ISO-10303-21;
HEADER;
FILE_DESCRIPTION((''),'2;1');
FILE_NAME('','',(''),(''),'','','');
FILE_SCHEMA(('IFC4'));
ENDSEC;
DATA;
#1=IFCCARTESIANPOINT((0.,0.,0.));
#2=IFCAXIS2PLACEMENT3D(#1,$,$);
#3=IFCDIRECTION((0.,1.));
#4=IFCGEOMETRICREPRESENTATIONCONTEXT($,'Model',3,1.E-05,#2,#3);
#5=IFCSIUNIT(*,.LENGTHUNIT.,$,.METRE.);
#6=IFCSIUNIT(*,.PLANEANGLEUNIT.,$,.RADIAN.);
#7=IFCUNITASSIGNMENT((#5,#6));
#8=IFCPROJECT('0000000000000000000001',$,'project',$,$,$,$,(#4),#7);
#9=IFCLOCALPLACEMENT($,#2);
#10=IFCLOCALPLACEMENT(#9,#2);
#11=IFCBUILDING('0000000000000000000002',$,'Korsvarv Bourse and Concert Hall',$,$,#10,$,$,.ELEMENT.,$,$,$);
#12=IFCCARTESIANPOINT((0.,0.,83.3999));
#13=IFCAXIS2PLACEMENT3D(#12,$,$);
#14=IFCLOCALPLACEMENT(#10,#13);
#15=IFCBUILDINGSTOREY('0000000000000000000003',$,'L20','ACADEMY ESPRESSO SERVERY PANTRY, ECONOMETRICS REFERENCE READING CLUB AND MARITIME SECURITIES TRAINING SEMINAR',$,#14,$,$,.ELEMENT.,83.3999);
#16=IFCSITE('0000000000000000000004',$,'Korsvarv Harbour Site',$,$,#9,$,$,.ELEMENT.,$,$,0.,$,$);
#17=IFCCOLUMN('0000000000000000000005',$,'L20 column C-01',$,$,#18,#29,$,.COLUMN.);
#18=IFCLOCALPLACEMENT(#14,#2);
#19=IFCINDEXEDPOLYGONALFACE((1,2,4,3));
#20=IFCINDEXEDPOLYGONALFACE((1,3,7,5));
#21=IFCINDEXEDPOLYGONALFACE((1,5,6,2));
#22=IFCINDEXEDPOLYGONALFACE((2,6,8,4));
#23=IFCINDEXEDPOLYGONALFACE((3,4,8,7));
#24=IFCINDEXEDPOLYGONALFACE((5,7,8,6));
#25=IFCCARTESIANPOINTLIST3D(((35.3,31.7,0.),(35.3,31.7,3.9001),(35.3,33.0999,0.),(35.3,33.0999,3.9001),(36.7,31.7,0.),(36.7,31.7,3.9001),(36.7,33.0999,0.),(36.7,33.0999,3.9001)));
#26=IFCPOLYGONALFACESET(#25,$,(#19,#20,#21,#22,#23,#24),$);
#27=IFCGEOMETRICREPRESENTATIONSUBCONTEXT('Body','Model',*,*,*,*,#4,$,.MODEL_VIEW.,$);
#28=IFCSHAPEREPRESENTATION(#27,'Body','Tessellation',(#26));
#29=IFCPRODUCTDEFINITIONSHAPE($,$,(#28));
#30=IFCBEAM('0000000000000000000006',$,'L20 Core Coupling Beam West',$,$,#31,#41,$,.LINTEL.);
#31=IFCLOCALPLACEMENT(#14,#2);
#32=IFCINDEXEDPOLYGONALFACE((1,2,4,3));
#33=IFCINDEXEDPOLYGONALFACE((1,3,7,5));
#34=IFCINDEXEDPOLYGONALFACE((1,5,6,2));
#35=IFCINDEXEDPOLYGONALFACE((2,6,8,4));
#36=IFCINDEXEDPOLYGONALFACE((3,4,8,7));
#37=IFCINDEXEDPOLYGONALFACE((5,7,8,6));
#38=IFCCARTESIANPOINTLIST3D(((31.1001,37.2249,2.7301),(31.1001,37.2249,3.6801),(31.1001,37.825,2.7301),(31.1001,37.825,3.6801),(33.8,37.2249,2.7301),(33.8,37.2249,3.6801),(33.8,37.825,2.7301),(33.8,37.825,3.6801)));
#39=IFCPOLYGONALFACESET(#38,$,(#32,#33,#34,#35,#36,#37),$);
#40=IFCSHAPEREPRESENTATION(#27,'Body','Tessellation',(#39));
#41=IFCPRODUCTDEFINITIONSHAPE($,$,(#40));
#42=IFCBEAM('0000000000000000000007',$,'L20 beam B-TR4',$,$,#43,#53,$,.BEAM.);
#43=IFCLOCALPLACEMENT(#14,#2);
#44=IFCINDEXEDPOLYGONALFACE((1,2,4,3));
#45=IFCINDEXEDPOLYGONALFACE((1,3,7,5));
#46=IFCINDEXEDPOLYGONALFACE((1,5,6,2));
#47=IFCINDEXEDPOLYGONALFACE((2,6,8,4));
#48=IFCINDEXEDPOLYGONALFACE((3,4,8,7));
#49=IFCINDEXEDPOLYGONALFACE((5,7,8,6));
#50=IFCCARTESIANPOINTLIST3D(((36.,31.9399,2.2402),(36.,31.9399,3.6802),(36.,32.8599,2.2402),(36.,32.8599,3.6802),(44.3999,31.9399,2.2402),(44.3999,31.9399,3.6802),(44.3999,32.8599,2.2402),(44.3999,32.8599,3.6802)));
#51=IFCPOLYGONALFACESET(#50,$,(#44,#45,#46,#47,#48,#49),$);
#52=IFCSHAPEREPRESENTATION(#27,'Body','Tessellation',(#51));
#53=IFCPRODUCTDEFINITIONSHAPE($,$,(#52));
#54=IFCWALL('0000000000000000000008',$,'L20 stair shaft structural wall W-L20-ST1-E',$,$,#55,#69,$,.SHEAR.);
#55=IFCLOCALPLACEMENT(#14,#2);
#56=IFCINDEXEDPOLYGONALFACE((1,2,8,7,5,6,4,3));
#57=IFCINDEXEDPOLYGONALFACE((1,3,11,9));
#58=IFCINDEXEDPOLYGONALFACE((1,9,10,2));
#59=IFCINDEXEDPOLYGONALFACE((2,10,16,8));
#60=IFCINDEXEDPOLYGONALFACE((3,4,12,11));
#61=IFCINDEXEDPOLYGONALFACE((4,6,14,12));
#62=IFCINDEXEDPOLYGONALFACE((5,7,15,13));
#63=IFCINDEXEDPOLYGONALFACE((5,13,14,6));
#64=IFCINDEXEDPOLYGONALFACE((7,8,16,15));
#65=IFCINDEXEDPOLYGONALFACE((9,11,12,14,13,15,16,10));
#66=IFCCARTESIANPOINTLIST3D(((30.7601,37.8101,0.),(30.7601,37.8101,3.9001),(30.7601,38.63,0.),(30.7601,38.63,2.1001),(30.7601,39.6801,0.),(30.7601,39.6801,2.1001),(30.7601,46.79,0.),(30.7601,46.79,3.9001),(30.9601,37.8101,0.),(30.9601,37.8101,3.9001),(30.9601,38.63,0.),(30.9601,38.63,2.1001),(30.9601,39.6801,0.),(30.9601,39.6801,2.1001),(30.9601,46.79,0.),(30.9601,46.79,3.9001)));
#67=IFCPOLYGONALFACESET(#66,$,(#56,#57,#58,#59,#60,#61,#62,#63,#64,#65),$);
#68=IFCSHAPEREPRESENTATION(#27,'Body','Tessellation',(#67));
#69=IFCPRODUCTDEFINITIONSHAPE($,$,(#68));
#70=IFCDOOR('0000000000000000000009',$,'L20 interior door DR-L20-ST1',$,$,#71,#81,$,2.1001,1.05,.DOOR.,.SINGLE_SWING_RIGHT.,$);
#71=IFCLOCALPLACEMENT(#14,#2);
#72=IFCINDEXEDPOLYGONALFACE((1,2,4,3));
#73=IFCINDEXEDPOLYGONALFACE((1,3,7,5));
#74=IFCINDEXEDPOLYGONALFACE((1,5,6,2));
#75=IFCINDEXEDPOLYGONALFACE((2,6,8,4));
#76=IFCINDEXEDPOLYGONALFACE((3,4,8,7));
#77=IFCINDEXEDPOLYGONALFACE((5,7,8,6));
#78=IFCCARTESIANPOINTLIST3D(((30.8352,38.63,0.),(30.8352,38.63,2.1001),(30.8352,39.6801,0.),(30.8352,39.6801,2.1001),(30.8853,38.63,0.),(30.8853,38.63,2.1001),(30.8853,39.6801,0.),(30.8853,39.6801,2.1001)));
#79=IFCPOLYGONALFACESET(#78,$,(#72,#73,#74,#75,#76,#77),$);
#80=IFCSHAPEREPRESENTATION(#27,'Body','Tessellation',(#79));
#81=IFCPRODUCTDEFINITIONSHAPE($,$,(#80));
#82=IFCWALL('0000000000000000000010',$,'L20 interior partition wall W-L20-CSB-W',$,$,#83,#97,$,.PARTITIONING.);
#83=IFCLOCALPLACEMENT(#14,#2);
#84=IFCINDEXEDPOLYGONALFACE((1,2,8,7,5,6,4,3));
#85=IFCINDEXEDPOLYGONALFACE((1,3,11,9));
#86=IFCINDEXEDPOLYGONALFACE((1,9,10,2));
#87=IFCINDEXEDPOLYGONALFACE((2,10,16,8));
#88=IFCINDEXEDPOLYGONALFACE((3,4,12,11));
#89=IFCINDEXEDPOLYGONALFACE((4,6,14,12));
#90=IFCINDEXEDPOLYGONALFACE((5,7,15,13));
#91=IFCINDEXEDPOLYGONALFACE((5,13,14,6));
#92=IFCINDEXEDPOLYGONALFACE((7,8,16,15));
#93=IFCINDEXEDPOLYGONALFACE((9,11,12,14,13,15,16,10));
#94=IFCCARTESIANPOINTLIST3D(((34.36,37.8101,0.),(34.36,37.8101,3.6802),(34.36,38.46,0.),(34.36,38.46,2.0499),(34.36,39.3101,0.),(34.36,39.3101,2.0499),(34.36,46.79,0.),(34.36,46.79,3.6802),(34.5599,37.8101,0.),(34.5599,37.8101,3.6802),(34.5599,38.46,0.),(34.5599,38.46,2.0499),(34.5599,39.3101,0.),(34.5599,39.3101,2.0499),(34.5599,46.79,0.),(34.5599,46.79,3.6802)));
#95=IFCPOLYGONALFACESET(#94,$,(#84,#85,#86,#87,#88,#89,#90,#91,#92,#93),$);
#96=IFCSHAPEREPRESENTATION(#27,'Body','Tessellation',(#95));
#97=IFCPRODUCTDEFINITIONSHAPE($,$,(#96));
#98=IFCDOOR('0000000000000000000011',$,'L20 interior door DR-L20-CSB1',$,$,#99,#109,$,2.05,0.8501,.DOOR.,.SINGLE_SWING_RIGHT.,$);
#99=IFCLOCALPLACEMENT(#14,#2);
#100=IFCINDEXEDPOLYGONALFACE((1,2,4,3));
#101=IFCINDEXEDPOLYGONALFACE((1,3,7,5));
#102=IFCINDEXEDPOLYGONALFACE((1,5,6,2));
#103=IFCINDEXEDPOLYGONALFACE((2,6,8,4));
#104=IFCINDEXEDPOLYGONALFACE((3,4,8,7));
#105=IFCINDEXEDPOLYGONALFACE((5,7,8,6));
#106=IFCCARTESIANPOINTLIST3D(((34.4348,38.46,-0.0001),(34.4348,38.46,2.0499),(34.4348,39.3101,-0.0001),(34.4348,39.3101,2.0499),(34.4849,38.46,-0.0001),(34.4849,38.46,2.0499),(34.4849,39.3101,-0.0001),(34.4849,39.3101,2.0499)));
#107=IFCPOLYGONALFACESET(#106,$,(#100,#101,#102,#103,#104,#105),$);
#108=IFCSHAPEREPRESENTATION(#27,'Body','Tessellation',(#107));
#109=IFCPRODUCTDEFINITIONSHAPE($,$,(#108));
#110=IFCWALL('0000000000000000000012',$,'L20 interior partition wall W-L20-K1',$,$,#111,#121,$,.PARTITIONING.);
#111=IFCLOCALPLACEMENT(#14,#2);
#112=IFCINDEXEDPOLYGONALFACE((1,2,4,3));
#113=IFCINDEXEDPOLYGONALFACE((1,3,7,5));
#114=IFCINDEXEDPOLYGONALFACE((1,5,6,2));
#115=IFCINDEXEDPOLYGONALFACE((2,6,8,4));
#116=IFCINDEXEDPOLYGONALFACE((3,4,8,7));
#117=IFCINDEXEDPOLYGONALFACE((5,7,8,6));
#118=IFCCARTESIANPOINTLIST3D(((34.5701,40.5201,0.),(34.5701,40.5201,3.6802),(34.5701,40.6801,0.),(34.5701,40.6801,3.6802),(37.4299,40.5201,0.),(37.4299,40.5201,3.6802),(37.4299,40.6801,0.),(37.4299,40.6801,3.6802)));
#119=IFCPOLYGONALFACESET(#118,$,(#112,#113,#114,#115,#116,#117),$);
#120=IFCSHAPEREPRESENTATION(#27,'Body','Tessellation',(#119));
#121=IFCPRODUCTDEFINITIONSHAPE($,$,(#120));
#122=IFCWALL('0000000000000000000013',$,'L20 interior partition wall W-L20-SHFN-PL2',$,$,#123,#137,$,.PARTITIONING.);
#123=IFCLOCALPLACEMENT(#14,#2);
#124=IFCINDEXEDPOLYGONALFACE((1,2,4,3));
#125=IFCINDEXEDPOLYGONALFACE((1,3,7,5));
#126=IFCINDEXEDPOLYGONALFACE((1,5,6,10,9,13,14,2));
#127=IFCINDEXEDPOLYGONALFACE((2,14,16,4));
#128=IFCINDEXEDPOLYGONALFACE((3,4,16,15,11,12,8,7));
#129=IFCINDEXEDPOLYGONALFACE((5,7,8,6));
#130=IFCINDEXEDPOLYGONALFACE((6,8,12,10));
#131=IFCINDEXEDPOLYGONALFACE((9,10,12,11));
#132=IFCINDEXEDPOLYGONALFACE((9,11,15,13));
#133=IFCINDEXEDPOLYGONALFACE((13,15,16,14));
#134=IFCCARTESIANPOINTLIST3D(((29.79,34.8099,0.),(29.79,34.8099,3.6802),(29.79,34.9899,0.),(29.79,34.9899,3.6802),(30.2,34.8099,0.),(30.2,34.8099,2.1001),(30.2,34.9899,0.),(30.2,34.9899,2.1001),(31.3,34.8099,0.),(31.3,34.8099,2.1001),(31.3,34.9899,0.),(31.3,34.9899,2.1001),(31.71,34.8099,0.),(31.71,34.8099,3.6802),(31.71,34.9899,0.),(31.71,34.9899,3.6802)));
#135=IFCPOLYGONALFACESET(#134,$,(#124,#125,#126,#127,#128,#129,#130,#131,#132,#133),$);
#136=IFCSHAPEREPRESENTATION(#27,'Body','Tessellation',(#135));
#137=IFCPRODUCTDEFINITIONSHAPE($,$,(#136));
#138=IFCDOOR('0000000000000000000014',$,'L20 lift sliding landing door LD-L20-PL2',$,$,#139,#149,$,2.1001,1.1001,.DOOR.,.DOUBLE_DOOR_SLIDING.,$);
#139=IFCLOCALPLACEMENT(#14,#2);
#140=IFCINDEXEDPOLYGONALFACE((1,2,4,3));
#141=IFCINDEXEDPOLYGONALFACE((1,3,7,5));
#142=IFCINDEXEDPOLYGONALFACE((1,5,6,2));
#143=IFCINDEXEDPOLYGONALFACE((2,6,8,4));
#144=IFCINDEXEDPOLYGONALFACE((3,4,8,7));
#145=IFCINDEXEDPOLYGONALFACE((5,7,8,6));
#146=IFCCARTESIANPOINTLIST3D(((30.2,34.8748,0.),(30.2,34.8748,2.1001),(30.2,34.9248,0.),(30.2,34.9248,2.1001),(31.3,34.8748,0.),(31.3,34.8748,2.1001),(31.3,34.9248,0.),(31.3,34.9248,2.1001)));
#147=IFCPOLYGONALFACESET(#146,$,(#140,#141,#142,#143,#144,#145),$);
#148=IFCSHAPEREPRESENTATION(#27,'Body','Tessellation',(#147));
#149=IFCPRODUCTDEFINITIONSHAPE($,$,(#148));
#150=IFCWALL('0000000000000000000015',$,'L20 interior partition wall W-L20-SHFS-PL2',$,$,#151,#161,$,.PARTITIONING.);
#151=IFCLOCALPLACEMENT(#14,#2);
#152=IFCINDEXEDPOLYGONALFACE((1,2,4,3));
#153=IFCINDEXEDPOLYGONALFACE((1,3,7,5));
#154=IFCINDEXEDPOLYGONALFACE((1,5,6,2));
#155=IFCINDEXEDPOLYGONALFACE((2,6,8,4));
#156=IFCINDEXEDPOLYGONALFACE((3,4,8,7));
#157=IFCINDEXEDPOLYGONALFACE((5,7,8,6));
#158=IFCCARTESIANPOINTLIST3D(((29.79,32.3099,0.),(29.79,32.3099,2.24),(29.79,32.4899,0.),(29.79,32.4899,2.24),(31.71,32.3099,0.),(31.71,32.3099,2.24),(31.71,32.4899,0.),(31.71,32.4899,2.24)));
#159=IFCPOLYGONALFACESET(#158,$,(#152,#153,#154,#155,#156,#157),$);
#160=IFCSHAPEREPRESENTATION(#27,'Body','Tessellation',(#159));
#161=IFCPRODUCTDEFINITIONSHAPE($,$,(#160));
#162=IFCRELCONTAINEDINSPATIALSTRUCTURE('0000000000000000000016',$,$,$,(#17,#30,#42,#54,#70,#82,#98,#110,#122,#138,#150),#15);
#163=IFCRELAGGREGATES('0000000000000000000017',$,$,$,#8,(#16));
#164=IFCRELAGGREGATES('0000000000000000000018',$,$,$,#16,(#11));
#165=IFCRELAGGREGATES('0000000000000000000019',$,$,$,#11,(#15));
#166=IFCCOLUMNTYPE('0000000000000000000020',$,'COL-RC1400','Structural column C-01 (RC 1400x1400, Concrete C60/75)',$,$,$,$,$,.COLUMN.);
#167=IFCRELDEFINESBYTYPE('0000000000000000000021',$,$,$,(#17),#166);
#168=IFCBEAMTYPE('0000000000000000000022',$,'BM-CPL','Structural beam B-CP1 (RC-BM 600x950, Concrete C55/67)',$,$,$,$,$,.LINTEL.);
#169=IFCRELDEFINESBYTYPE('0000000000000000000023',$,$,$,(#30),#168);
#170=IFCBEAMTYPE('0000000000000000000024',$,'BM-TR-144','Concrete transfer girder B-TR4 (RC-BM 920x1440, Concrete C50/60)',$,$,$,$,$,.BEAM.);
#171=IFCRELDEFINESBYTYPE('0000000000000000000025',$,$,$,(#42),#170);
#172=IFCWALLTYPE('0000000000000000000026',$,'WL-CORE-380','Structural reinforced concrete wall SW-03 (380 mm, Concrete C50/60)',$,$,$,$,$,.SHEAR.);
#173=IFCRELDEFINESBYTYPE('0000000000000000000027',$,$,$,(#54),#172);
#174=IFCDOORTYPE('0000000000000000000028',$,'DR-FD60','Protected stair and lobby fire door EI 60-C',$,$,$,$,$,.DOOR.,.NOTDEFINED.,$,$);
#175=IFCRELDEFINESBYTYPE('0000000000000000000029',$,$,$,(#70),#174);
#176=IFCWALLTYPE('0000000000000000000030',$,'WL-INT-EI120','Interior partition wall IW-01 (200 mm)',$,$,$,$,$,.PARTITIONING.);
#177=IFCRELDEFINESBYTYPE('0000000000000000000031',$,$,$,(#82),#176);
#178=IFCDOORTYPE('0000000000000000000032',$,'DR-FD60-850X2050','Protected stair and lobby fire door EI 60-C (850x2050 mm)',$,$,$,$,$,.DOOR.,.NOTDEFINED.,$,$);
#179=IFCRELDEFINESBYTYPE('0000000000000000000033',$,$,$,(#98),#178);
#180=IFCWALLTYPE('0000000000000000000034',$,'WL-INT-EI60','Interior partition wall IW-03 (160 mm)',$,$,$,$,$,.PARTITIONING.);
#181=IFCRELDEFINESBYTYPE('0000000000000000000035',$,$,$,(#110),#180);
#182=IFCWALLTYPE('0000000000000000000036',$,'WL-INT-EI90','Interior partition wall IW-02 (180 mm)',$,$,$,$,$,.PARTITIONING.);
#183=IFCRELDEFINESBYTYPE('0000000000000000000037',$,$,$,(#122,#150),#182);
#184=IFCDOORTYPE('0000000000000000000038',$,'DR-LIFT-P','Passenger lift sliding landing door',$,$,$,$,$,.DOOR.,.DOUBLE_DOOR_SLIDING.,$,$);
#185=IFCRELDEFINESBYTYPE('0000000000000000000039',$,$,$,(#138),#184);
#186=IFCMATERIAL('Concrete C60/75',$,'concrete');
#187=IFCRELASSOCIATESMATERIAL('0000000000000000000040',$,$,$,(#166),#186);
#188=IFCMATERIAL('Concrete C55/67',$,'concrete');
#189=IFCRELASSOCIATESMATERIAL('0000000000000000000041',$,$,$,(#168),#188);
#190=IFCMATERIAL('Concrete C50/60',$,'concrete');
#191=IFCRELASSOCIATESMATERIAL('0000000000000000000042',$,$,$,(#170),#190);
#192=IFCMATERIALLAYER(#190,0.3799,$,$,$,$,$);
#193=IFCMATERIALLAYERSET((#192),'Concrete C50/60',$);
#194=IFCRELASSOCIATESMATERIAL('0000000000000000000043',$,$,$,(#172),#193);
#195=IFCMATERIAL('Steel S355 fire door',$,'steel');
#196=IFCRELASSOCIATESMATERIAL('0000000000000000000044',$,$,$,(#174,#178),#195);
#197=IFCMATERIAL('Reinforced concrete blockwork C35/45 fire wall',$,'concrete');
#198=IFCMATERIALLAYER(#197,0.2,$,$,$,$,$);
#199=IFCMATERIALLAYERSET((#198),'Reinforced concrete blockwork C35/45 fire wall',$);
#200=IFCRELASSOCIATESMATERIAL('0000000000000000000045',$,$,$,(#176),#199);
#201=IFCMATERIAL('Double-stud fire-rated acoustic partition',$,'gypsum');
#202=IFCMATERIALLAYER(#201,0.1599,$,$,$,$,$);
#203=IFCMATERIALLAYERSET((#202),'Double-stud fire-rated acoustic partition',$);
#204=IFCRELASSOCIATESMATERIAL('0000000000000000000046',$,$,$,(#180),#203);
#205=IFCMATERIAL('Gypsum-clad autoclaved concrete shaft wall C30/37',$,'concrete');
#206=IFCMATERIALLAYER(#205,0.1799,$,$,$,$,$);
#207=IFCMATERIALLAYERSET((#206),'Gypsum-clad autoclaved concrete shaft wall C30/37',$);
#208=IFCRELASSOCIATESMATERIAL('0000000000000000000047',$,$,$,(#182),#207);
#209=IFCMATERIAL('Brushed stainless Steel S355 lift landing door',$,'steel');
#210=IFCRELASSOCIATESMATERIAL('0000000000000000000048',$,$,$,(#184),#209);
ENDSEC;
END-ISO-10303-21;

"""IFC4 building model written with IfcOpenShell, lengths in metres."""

from ifc_helpers import new_model, si_unit, direction, frame, frame_2d, origin, origin_2d, place, context, subcontext, project, spatial, rectangle, extrude, source, transform, mapped, material, layer, layer_set, material_profile, profile_set, type_object, element, fill, save


model = new_model("IFC4")

# Units and contexts
model_context = context("Model", 3, precision=1e-05, world=origin(), true_north=direction((0.0, 1.0)))
body_context = subcontext(model_context, "Body", "Model", "MODEL_VIEW")
ifc_project = project(units=[si_unit("LENGTHUNIT", "METRE"), si_unit("PLANEANGLEUNIT", "RADIAN")], contexts=[model_context])

# Site, building, storey
site_placement = place(None, origin())
site = spatial("IfcSite", under=ifc_project, at=site_placement, Name="Korsvarv Harbour Site", CompositionType="ELEMENT", RefElevation=0.0)
building_placement = place(site_placement, origin())
building = spatial("IfcBuilding", under=site, at=building_placement, Name="Korsvarv Bourse and Concert Hall", CompositionType="ELEMENT")
storey_placement = place(building_placement, frame((0.0, 0.0, 83.3999)))
storey = spatial("IfcBuildingStorey", under=building, at=storey_placement, Name="L20", Description="ACADEMY ESPRESSO SERVERY PANTRY, ECONOMETRICS REFERENCE READING CLUB AND MARITIME SECURITIES TRAINING SEMINAR", CompositionType="ELEMENT", Elevation=83.3999)

# Column
ifc_material_1 = material(Name="Concrete C60/75", Category="concrete")
ifc_material_profile_1 = material_profile(ifc_material_1, rectangle(XDim=1.3999, YDim=1.3999, at=origin_2d()), Name="RC 1400x1400")
ifc_profile_set_1 = profile_set([ifc_material_profile_1], Name="Concrete C60/75")
column_type = type_object("IfcColumnType", Name="COL-RC1400", Description="Structural column C-01 (RC 1400x1400, Concrete C60/75)", PredefinedType="COLUMN", material=ifc_profile_set_1)
shared_shape_1 = source(origin(), body_context, "Body", "SweptSolid", [
    extrude(rectangle(XDim=1.3999, YDim=1.3999, at=origin_2d()), origin(), (0.0, 0.0, 1.0), 3.9001),
])
column_placement = place(storey_placement, frame((36.0, 32.3999, 0.0), z_axis=(0.0, 0.0, 1.0), x_axis=(1.0, 0.0, 0.0)))
element("IfcColumn", 1, at=column_placement, inside=storey, type_object=column_type, Name="L20 column C-01", PredefinedType="COLUMN", context=body_context, shape_type="MappedRepresentation", body=[
    mapped(shared_shape_1, transform((0.0, 0.0, 0.0), scale=1.0)),
])

# Beams
ifc_material_2 = material(Name="Concrete C55/67", Category="concrete")
ifc_material_profile_2 = material_profile(ifc_material_2, rectangle(XDim=0.6001, YDim=0.95, at=origin_2d()), Name="RC-BM 600x950")
ifc_profile_set_2 = profile_set([ifc_material_profile_2], Name="Concrete C55/67")
beam_type_1 = type_object("IfcBeamType", Name="BM-CPL", Description="Structural beam B-CP1 (RC-BM 600x950, Concrete C55/67)", PredefinedType="LINTEL", material=ifc_profile_set_2)
shared_shape_2 = source(origin(), body_context, "Body", "SweptSolid", [
    extrude(rectangle(XDim=0.6001, YDim=0.95, at=origin_2d()), origin(), (0.0, 0.0, 1.0), 2.7),
])
beam_1_placement = place(storey_placement, frame((31.1001, 37.5249, 3.2051), z_axis=(1.0, 0.0, 0.0), x_axis=(0.0, 1.0, 0.0)))
element("IfcBeam", 2, at=beam_1_placement, inside=storey, type_object=beam_type_1, Name="L20 Core Coupling Beam West", PredefinedType="LINTEL", context=body_context, shape_type="MappedRepresentation", body=[
    mapped(shared_shape_2, transform((0.0, 0.0, 0.0), scale=1.0)),
])
ifc_material_3 = material(Name="Concrete C50/60", Category="concrete")
ifc_material_profile_3 = material_profile(ifc_material_3, rectangle(XDim=0.9199, YDim=1.4399, at=origin_2d()), Name="RC-BM 920x1440")
ifc_profile_set_3 = profile_set([ifc_material_profile_3], Name="Concrete C50/60")
beam_type_2 = type_object("IfcBeamType", Name="BM-TR-144", Description="Concrete transfer girder B-TR4 (RC-BM 920x1440, Concrete C50/60)", PredefinedType="BEAM", material=ifc_profile_set_3)
shared_shape_3 = source(origin(), body_context, "Body", "SweptSolid", [
    extrude(rectangle(XDim=0.9199, YDim=1.4399, at=origin_2d()), origin(), (0.0, 0.0, 1.0), 8.3999),
])
beam_2_placement = place(storey_placement, frame((36.0, 32.3999, 2.9602), z_axis=(1.0, 0.0, 0.0), x_axis=(0.0, 1.0, 0.0)))
element("IfcBeam", 3, at=beam_2_placement, inside=storey, type_object=beam_type_2, Name="L20 beam B-TR4", PredefinedType="BEAM", context=body_context, shape_type="MappedRepresentation", body=[
    mapped(shared_shape_3, transform((0.0, 0.0, 0.0), scale=1.0)),
])

# Walls, openings, doors
ifc_layer_1 = layer(ifc_material_3, 0.3799)
ifc_layer_set_1 = layer_set([ifc_layer_1], Name="Concrete C50/60")
wall_type_1 = type_object("IfcWallType", Name="WL-CORE-380", Description="Structural reinforced concrete wall SW-03 (380 mm, Concrete C50/60)", PredefinedType="SHEAR", material=ifc_layer_set_1)
wall_1_placement = place(storey_placement, frame((30.8601, 37.8101, 0.0), z_axis=(0.0, 0.0, 1.0), x_axis=(0.0, 1.0, 0.0)))
wall_1 = element("IfcWall", 4, at=wall_1_placement, inside=storey, type_object=wall_type_1, Name="L20 stair shaft structural wall W-L20-ST1-E", PredefinedType="SHEAR", context=body_context, shape_type="SweptSolid", body=[
    extrude(rectangle(XDim=8.98, YDim=0.2, at=frame_2d((4.49, 0.0))), origin(), (0.0, 0.0, 1.0), 3.9001),
])
opening_1_placement = place(wall_1_placement, frame((0.8201, 0.0, 0.0)))
opening_1 = element("IfcOpeningElement", 5, at=opening_1_placement, cuts=wall_1, PredefinedType="OPENING", context=body_context, shape_type="SweptSolid", body=[
    extrude(rectangle(XDim=1.05, YDim=2.1001, at=frame_2d((0.5249, 1.05))), frame((0.0, 0.1099, 0.0), z_axis=(0.0, -1.0, 0.0), x_axis=(1.0, 0.0, 0.0)), (0.0, 0.0, 1.0), 0.22),
])
ifc_material_4 = material(Name="Steel S355 fire door", Category="steel")
door_type_1 = type_object("IfcDoorType", Name="DR-FD60", Description="Protected stair and lobby fire door EI 60-C", OperationType="NOTDEFINED", PredefinedType="DOOR", material=ifc_material_4)
door_1_placement = place(opening_1_placement, origin())
door_1 = element("IfcDoor", 6, at=door_1_placement, inside=storey, type_object=door_type_1, Name="L20 interior door DR-L20-ST1", OperationType="SINGLE_SWING_RIGHT", OverallHeight=2.1001, OverallWidth=1.05, PredefinedType="DOOR", context=body_context, shape_type="SweptSolid", body=[
    extrude(rectangle(XDim=1.05, YDim=2.1001, at=frame_2d((0.5249, 1.05))), frame((0.0, 0.0249, 0.0), z_axis=(0.0, -1.0, 0.0), x_axis=(1.0, 0.0, 0.0)), (0.0, 0.0, 1.0), 0.05),
])
fill(opening_1, door_1)
ifc_material_5 = material(Name="Reinforced concrete blockwork C35/45 fire wall", Category="concrete")
ifc_layer_2 = layer(ifc_material_5, 0.2)
ifc_layer_set_2 = layer_set([ifc_layer_2], Name="Reinforced concrete blockwork C35/45 fire wall")
wall_type_2 = type_object("IfcWallType", Name="WL-INT-EI120", Description="Interior partition wall IW-01 (200 mm)", PredefinedType="PARTITIONING", material=ifc_layer_set_2)
wall_2_placement = place(storey_placement, frame((34.46, 37.8101, 0.0), z_axis=(0.0, 0.0, 1.0), x_axis=(0.0, 1.0, 0.0)))
wall_2 = element("IfcWall", 7, at=wall_2_placement, inside=storey, type_object=wall_type_2, Name="L20 interior partition wall W-L20-CSB-W", PredefinedType="PARTITIONING", context=body_context, shape_type="SweptSolid", body=[
    extrude(rectangle(XDim=8.98, YDim=0.2, at=frame_2d((4.49, 0.0))), origin(), (0.0, 0.0, 1.0), 3.6802),
])
opening_2_placement = place(wall_2_placement, frame((0.6499, 0.0, 0.0)))
opening_2 = element("IfcOpeningElement", 8, at=opening_2_placement, cuts=wall_2, PredefinedType="OPENING", context=body_context, shape_type="SweptSolid", body=[
    extrude(rectangle(XDim=0.8501, YDim=2.05, at=frame_2d((0.425, 1.0249))), frame((0.0, 0.1099, 0.0), z_axis=(0.0, -1.0, 0.0), x_axis=(1.0, 0.0, 0.0)), (0.0, 0.0, 1.0), 0.22),
])
door_type_2 = type_object("IfcDoorType", Name="DR-FD60-850X2050", Description="Protected stair and lobby fire door EI 60-C (850x2050 mm)", OperationType="NOTDEFINED", PredefinedType="DOOR", material=ifc_material_4)
door_2_placement = place(opening_2_placement, frame((0.8501, 0.0, 0.0), z_axis=(0.0, 0.0, 1.0), x_axis=(-1.0, 0.0, 0.0)))
door_2 = element("IfcDoor", 9, at=door_2_placement, inside=storey, type_object=door_type_2, Name="L20 interior door DR-L20-CSB1", OperationType="SINGLE_SWING_RIGHT", OverallHeight=2.05, OverallWidth=0.8501, PredefinedType="DOOR", context=body_context, shape_type="SweptSolid", body=[
    extrude(rectangle(XDim=0.8501, YDim=2.05, at=frame_2d((0.425, 1.0249))), frame((0.0, 0.0249, 0.0), z_axis=(0.0, -1.0, 0.0), x_axis=(1.0, 0.0, 0.0)), (0.0, 0.0, 1.0), 0.05),
])
fill(opening_2, door_2)

# Wall
ifc_material_6 = material(Name="Double-stud fire-rated acoustic partition", Category="gypsum")
ifc_layer_3 = layer(ifc_material_6, 0.1599)
ifc_layer_set_3 = layer_set([ifc_layer_3], Name="Double-stud fire-rated acoustic partition")
wall_type_3 = type_object("IfcWallType", Name="WL-INT-EI60", Description="Interior partition wall IW-03 (160 mm)", PredefinedType="PARTITIONING", material=ifc_layer_set_3)
wall_3_placement = place(storey_placement, frame((34.5701, 40.6001, 0.0), z_axis=(0.0, 0.0, 1.0), x_axis=(1.0, 0.0, 0.0)))
element("IfcWall", 10, at=wall_3_placement, inside=storey, type_object=wall_type_3, Name="L20 interior partition wall W-L20-K1", PredefinedType="PARTITIONING", context=body_context, shape_type="SweptSolid", body=[
    extrude(rectangle(XDim=2.8599, YDim=0.1599, at=frame_2d((1.4299, 0.0))), origin(), (0.0, 0.0, 1.0), 3.6802),
])

# Wall, opening, door
ifc_material_7 = material(Name="Gypsum-clad autoclaved concrete shaft wall C30/37", Category="concrete")
ifc_layer_4 = layer(ifc_material_7, 0.1799)
ifc_layer_set_4 = layer_set([ifc_layer_4], Name="Gypsum-clad autoclaved concrete shaft wall C30/37")
wall_type_4 = type_object("IfcWallType", Name="WL-INT-EI90", Description="Interior partition wall IW-02 (180 mm)", PredefinedType="PARTITIONING", material=ifc_layer_set_4)
wall_4_placement = place(storey_placement, frame((29.79, 34.8999, 0.0), z_axis=(0.0, 0.0, 1.0), x_axis=(1.0, 0.0, 0.0)))
wall_4 = element("IfcWall", 11, at=wall_4_placement, inside=storey, type_object=wall_type_4, Name="L20 interior partition wall W-L20-SHFN-PL2", PredefinedType="PARTITIONING", context=body_context, shape_type="SweptSolid", body=[
    extrude(rectangle(XDim=1.9199, YDim=0.1799, at=frame_2d((0.96, 0.0))), origin(), (0.0, 0.0, 1.0), 3.6802),
])
opening_3_placement = place(wall_4_placement, frame((0.4099, 0.0, 0.0)))
opening_3 = element("IfcOpeningElement", 12, at=opening_3_placement, cuts=wall_4, PredefinedType="OPENING", context=body_context, shape_type="SweptSolid", body=[
    extrude(rectangle(XDim=1.1001, YDim=2.1001, at=frame_2d((0.55, 1.05))), frame((0.0, 0.1001, 0.0), z_axis=(0.0, -1.0, 0.0), x_axis=(1.0, 0.0, 0.0)), (0.0, 0.0, 1.0), 0.2),
])
ifc_material_8 = material(Name="Brushed stainless Steel S355 lift landing door", Category="steel")
door_type_3 = type_object("IfcDoorType", Name="DR-LIFT-P", Description="Passenger lift sliding landing door", OperationType="DOUBLE_DOOR_SLIDING", PredefinedType="DOOR", material=ifc_material_8)
door_3_placement = place(opening_3_placement, origin())
door_3 = element("IfcDoor", 13, at=door_3_placement, inside=storey, type_object=door_type_3, Name="L20 lift sliding landing door LD-L20-PL2", OperationType="DOUBLE_DOOR_SLIDING", OverallHeight=2.1001, OverallWidth=1.1001, PredefinedType="DOOR", context=body_context, shape_type="SweptSolid", body=[
    extrude(rectangle(XDim=1.1001, YDim=2.1001, at=frame_2d((0.55, 1.05))), frame((0.0, 0.0249, 0.0), z_axis=(0.0, -1.0, 0.0), x_axis=(1.0, 0.0, 0.0)), (0.0, 0.0, 1.0), 0.05),
])
fill(opening_3, door_3)

# Wall
wall_5_placement = place(storey_placement, frame((29.79, 32.3999, 0.0), z_axis=(0.0, 0.0, 1.0), x_axis=(1.0, 0.0, 0.0)))
element("IfcWall", 14, at=wall_5_placement, inside=storey, type_object=wall_type_4, Name="L20 interior partition wall W-L20-SHFS-PL2", PredefinedType="PARTITIONING", context=body_context, shape_type="SweptSolid", body=[
    extrude(rectangle(XDim=1.9199, YDim=0.1799, at=frame_2d((0.96, 0.0))), origin(), (0.0, 0.0, 1.0), 2.24),
])

save(model, "model.ifc")
